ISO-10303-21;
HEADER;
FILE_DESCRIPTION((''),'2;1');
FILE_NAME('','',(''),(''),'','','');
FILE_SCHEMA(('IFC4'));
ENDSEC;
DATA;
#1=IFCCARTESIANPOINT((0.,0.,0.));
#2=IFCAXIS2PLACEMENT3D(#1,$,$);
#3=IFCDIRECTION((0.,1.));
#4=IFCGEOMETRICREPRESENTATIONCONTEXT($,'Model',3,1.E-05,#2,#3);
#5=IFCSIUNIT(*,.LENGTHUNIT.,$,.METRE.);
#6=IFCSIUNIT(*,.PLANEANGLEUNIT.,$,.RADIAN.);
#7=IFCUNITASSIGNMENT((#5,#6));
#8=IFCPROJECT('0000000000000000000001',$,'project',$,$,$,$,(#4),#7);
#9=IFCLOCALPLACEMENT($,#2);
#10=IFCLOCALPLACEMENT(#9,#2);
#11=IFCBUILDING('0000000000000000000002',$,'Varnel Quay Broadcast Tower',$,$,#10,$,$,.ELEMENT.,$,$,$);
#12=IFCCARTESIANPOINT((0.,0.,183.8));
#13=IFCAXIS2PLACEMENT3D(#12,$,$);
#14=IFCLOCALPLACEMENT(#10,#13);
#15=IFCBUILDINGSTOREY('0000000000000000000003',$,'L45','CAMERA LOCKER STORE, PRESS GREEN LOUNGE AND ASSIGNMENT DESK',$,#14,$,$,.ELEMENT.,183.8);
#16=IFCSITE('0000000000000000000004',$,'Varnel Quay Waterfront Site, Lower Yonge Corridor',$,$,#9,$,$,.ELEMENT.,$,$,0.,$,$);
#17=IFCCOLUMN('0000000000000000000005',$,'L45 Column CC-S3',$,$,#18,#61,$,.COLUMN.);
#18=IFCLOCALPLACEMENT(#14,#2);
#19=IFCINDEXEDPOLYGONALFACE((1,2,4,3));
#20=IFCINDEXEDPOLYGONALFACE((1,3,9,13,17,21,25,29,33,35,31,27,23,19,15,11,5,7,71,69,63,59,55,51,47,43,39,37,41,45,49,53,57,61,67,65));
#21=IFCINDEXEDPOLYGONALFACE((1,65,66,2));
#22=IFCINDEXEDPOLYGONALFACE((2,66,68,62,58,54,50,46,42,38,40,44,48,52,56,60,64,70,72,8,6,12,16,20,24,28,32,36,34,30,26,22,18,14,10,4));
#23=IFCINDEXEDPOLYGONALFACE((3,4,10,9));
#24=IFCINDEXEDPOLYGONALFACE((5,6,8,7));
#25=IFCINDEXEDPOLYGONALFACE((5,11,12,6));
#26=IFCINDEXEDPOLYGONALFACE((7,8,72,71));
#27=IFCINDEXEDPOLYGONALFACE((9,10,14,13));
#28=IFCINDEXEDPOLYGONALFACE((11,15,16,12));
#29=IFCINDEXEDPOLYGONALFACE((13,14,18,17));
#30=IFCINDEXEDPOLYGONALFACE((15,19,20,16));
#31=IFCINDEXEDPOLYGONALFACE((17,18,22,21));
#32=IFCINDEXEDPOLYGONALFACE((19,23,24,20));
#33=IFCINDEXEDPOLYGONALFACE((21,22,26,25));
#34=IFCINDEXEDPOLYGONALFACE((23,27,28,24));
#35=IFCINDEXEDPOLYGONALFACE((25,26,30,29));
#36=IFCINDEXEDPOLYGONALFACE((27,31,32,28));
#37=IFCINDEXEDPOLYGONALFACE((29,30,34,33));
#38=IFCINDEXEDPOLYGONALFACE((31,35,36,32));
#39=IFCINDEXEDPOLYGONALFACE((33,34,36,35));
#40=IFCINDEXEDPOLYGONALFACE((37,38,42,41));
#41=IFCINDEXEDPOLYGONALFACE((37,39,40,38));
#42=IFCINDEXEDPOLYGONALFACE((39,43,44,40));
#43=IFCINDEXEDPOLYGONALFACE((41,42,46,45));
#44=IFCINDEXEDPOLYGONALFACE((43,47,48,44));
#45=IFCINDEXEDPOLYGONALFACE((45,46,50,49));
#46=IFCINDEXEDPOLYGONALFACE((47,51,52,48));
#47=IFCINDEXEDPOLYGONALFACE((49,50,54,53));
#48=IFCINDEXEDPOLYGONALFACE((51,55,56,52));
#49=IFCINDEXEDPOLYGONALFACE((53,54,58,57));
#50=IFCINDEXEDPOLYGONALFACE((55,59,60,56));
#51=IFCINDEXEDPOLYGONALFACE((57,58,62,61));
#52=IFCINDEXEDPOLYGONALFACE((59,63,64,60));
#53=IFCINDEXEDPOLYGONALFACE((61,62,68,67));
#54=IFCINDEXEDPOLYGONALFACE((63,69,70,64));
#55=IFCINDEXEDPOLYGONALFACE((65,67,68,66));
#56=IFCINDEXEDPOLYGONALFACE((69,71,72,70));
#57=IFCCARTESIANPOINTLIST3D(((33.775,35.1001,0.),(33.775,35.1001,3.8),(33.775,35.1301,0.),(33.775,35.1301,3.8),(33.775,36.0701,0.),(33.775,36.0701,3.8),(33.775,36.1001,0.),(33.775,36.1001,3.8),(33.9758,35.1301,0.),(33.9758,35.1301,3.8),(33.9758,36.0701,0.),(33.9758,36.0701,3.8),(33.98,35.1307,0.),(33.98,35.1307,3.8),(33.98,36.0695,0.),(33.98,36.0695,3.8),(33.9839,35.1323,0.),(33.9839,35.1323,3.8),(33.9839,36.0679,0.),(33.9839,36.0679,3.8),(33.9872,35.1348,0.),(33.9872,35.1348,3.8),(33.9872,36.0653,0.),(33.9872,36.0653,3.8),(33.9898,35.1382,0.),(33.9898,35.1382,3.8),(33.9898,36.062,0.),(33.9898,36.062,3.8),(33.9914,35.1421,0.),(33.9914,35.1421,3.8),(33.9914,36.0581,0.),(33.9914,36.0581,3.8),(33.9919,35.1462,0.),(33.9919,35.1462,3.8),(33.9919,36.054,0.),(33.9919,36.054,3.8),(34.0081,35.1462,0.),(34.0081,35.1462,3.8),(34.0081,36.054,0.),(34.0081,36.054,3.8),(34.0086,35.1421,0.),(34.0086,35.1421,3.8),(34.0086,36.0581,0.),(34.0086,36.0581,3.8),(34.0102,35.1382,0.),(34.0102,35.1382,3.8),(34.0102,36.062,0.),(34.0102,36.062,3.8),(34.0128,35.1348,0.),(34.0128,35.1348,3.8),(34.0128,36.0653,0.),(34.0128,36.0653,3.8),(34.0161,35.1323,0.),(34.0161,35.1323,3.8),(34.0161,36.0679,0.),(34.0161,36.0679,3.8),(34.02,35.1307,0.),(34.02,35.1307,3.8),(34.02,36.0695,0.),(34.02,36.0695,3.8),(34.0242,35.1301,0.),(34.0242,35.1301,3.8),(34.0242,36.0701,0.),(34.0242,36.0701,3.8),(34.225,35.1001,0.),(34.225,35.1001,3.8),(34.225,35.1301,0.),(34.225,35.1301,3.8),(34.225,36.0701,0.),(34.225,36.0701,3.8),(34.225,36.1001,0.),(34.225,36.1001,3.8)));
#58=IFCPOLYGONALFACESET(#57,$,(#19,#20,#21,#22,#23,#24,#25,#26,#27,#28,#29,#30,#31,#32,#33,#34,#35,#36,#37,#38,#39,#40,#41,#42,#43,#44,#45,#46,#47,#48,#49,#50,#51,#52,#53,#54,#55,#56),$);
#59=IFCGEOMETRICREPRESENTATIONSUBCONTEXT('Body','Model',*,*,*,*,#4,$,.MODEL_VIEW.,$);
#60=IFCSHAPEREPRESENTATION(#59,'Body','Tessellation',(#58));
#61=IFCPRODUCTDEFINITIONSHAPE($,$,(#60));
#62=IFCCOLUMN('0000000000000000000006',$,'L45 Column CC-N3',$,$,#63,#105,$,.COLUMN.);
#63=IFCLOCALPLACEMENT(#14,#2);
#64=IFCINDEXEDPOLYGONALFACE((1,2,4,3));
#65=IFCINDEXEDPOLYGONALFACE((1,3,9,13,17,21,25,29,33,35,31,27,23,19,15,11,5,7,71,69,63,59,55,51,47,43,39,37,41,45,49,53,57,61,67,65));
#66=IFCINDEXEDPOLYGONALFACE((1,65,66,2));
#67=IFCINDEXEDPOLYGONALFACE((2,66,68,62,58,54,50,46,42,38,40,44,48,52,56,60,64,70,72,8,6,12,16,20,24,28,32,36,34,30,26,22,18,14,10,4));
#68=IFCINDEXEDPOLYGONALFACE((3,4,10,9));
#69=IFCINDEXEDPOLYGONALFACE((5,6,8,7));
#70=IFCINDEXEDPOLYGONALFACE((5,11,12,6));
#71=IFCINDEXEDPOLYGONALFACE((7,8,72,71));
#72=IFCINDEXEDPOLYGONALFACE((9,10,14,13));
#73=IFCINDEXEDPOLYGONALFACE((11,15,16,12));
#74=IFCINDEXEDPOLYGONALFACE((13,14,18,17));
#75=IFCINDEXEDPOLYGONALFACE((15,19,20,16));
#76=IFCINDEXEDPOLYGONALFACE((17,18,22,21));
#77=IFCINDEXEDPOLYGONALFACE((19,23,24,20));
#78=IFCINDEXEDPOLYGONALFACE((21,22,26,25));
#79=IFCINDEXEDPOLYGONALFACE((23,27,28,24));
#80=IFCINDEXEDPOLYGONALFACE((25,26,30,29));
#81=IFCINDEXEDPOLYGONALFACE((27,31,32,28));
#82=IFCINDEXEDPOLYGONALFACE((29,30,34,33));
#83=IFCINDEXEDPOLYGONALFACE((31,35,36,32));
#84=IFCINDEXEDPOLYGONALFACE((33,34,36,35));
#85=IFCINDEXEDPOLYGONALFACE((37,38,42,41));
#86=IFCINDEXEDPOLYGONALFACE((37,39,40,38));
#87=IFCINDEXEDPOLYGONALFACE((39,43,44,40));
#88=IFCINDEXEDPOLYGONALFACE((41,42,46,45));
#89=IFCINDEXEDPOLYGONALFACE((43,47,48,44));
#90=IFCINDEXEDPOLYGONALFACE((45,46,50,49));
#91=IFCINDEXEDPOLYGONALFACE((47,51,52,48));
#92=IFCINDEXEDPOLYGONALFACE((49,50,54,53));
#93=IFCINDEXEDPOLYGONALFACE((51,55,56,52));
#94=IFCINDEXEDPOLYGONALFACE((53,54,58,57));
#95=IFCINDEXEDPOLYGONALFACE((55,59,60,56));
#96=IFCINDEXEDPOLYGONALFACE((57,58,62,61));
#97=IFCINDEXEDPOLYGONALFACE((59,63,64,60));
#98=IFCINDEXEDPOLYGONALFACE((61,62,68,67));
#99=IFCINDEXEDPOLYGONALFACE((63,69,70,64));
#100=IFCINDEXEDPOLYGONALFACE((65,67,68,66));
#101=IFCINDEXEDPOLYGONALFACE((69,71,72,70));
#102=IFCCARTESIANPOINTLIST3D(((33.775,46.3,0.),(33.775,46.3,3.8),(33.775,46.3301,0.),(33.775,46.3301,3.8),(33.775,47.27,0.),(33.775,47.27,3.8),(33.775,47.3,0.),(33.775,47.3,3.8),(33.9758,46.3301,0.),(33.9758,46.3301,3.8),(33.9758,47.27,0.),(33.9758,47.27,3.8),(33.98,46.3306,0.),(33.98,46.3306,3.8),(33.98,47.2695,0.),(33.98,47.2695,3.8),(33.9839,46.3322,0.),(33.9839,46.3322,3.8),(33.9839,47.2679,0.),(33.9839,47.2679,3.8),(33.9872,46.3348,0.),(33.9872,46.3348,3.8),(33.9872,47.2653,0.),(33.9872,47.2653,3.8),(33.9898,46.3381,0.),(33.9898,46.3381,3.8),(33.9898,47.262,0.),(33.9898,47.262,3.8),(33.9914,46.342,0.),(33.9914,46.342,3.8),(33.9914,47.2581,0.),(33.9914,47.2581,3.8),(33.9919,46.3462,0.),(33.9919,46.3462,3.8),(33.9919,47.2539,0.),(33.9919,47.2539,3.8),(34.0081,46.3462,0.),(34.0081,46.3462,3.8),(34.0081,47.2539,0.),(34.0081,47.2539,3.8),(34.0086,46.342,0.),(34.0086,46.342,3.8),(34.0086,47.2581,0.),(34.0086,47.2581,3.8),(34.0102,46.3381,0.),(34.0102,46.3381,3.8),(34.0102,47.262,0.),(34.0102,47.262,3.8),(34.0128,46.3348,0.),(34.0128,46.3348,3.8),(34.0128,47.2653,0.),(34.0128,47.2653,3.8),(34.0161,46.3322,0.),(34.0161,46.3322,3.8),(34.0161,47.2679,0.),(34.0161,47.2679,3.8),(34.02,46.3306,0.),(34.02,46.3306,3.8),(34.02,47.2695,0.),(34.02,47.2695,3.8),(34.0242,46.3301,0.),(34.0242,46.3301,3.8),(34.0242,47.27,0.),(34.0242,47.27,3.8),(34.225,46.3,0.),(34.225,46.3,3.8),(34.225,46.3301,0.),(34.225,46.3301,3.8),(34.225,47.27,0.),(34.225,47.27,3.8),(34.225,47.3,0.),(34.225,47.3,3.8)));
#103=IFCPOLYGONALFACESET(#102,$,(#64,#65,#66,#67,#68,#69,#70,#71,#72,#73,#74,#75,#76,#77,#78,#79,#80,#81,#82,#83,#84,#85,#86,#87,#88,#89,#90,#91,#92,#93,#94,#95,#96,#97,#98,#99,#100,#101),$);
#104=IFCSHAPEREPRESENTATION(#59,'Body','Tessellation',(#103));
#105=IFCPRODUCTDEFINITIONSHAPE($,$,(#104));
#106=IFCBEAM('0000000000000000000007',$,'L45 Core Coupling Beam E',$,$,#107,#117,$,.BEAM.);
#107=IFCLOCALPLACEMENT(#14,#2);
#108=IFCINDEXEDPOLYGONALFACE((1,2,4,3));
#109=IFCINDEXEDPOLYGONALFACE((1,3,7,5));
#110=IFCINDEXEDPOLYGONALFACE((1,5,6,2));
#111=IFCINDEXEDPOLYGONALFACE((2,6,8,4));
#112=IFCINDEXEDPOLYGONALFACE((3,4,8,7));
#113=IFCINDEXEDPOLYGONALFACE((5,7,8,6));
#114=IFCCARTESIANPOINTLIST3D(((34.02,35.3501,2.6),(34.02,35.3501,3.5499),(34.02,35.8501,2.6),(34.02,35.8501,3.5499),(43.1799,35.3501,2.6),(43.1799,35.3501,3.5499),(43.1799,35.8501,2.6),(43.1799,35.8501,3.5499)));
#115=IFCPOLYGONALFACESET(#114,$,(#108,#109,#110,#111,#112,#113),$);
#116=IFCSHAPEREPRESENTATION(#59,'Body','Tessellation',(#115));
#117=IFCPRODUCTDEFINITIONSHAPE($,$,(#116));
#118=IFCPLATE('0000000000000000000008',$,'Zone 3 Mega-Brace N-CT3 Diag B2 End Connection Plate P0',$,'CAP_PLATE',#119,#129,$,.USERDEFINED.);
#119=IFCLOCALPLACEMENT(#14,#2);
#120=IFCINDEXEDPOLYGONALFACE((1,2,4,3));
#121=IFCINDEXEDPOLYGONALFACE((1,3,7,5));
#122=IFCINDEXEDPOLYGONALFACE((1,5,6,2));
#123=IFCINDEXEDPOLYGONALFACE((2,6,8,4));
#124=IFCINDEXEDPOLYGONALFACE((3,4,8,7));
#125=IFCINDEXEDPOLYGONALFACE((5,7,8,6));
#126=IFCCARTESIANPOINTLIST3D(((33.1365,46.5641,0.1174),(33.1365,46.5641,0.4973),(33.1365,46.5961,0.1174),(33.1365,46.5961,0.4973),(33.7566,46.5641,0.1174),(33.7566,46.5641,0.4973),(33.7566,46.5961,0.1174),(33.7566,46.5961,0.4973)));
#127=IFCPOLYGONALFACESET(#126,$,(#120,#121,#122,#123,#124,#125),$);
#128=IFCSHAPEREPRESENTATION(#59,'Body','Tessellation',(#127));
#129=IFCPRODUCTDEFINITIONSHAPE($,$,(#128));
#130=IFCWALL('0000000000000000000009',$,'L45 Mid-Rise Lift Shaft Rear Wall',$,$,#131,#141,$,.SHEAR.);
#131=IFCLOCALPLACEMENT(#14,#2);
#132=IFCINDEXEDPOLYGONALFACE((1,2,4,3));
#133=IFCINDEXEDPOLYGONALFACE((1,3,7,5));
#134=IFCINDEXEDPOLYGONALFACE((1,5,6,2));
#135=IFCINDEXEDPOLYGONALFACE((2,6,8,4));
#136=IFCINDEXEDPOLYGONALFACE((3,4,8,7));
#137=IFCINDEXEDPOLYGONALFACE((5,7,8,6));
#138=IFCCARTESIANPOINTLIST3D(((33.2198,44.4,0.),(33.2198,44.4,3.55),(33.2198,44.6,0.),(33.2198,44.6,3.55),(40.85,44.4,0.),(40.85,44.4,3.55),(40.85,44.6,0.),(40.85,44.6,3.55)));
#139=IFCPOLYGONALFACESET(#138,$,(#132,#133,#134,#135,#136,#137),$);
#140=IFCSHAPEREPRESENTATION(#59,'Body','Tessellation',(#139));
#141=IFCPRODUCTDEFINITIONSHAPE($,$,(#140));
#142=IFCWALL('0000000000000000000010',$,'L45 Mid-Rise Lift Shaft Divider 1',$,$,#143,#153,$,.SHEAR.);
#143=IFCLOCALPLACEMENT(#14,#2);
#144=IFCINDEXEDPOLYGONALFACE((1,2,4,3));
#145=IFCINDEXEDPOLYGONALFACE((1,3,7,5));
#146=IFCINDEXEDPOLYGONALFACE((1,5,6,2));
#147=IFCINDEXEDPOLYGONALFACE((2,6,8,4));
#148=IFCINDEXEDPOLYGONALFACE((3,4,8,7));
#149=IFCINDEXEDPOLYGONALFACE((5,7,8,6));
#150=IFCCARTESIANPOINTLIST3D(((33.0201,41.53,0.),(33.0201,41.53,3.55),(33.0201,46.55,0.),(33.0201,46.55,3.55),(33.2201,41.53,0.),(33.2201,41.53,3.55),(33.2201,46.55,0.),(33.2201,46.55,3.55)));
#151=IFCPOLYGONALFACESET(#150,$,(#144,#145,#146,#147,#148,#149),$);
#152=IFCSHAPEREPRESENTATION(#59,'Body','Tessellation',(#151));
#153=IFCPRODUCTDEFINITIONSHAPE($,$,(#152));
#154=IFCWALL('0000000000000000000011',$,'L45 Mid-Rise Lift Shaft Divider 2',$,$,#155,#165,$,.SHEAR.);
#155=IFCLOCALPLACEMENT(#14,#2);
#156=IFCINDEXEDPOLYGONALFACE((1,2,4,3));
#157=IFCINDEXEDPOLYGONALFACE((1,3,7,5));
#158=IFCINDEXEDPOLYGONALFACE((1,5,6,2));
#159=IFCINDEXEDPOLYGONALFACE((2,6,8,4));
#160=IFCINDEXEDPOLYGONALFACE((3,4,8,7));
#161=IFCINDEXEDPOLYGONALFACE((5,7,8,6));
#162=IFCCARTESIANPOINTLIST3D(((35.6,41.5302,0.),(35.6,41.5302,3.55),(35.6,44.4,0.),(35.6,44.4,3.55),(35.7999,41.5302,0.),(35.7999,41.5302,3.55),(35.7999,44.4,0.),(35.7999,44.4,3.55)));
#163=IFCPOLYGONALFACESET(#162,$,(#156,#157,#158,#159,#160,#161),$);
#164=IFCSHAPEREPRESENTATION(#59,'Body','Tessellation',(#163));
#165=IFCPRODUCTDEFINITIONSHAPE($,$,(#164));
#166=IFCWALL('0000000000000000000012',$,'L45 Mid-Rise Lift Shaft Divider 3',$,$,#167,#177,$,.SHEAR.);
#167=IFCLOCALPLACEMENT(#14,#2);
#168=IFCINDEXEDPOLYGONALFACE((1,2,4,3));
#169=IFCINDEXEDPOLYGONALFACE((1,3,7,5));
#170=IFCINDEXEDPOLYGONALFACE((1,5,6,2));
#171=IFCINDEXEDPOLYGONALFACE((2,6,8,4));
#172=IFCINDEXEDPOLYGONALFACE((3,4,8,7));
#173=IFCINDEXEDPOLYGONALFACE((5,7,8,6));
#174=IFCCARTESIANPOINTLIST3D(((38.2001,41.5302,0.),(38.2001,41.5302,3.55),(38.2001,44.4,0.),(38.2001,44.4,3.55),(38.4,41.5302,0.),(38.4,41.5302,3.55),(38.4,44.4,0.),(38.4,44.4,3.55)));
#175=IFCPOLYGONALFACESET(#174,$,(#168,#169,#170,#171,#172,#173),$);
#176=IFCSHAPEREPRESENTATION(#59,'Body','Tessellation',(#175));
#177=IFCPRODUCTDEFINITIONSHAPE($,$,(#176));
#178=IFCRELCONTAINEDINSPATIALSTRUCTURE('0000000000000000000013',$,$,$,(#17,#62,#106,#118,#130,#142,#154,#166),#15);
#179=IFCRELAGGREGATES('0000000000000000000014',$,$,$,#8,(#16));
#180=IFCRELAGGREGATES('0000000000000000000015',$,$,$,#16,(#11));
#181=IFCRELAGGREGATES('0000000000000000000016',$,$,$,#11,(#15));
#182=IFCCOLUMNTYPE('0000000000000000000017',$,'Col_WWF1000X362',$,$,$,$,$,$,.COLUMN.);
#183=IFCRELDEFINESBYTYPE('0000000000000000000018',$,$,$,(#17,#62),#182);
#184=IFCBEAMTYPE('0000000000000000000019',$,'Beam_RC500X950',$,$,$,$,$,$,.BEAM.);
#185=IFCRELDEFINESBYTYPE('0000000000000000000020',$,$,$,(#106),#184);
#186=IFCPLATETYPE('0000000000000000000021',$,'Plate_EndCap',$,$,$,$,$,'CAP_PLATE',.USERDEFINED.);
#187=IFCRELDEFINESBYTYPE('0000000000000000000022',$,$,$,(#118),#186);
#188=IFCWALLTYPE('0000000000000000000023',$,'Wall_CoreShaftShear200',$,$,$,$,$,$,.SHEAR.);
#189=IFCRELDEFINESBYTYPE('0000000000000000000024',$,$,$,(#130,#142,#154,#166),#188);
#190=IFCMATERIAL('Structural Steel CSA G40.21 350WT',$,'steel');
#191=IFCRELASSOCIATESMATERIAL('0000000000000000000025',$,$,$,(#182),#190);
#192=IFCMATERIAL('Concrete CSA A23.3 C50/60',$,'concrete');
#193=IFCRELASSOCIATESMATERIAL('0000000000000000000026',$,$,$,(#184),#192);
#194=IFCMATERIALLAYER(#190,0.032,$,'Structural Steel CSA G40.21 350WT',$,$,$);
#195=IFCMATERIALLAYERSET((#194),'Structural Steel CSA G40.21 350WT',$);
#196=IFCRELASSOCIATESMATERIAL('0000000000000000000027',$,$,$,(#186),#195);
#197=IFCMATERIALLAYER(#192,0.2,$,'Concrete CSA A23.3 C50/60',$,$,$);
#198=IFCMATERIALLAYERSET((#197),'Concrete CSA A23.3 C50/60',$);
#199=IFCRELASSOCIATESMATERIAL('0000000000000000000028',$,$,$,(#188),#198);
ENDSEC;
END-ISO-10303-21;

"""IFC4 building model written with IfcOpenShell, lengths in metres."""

from ifc_helpers import new_model, si_unit, direction, frame, frame_2d, origin, origin_2d, place, context, subcontext, project, spatial, rectangle, i_section, extrude, source, transform, mapped, material, layer, layer_set, material_profile, profile_set, type_object, type_shapes, element, save


model = new_model("IFC4")

# Units and contexts
model_context = context("Model", 3, precision=1e-05, world=origin(), true_north=direction((0.0, 1.0)))
body_context = subcontext(model_context, "Body", "Model", "MODEL_VIEW")
ifc_project = project(units=[si_unit("LENGTHUNIT", "METRE"), si_unit("PLANEANGLEUNIT", "RADIAN")], contexts=[model_context])

# Site, building, storey
site_placement = place(None, origin())
site = spatial("IfcSite", under=ifc_project, at=site_placement, Name="Varnel Quay Waterfront Site, Lower Yonge Corridor", CompositionType="ELEMENT", RefElevation=0.0)
building_placement = place(site_placement, origin())
building = spatial("IfcBuilding", under=site, at=building_placement, Name="Varnel Quay Broadcast Tower", CompositionType="ELEMENT")
storey_placement = place(building_placement, frame((0.0, 0.0, 183.8)))
storey = spatial("IfcBuildingStorey", under=building, at=storey_placement, Name="L45", Description="CAMERA LOCKER STORE, PRESS GREEN LOUNGE AND ASSIGNMENT DESK", CompositionType="ELEMENT", Elevation=183.8)

# Columns
ifc_material_1 = material(Name="Structural Steel CSA G40.21 350WT", Category="steel")
ifc_material_profile_1 = material_profile(ifc_material_1, i_section(OverallWidth=0.45, OverallDepth=1.0, WebThickness=0.0161, FlangeThickness=0.03, FilletRadius=0.0161, at=origin_2d()), Name="WWF1000X362")
ifc_profile_set_1 = profile_set([ifc_material_profile_1], Name="Structural Steel CSA G40.21 350WT")
column_type = type_object("IfcColumnType", Name="Col_WWF1000X362", PredefinedType="COLUMN", material=ifc_profile_set_1)
shared_shape_1 = source(origin(), body_context, "Body", "SweptSolid", [
    extrude(i_section(OverallWidth=0.45, OverallDepth=1.0, WebThickness=0.0161, FlangeThickness=0.03, FilletRadius=0.0161, at=origin_2d()), origin(), (0.0, 0.0, 1.0), 3.8),
])
type_shapes(column_type, [shared_shape_1])
for number, where, z_axis, x_axis, name in (
    (1, (34.0, 35.6001, 0.0), (0.0, 0.0, 1.0), (1.0, 0.0, 0.0), "L45 Column CC-S3"),
    (2, (34.0, 46.8, 0.0), (0.0, 0.0, 1.0), (1.0, 0.0, 0.0), "L45 Column CC-N3"),
):
    element("IfcColumn", number, at=place(storey_placement, frame(where, z_axis=z_axis, x_axis=x_axis)), inside=storey, type_object=column_type, Name=name, PredefinedType="COLUMN", context=body_context, shape_type="MappedRepresentation", body=[
        mapped(shared_shape_1, transform((0.0, 0.0, 0.0), x_axis=(1.0, 0.0, 0.0), y_axis=(0.0, 1.0, 0.0), z_axis=(0.0, 0.0, 1.0), scale=1.0)),
    ])

# Beam
ifc_material_2 = material(Name="Concrete CSA A23.3 C50/60", Category="concrete")
ifc_material_profile_2 = material_profile(ifc_material_2, rectangle(XDim=0.5, YDim=0.95, at=origin_2d()), Name="RC500X950")
ifc_profile_set_2 = profile_set([ifc_material_profile_2], Name="Concrete CSA A23.3 C50/60")
beam_type = type_object("IfcBeamType", Name="Beam_RC500X950", PredefinedType="BEAM", material=ifc_profile_set_2)
shared_shape_2 = source(origin(), body_context, "Body", "SweptSolid", [
    extrude(rectangle(XDim=0.5, YDim=0.95, at=origin_2d()), origin(), (0.0, 0.0, 1.0), 9.1599),
])
type_shapes(beam_type, [shared_shape_2])
beam_placement = place(storey_placement, frame((34.02, 35.6001, 3.075), z_axis=(1.0, 0.0, 0.0), x_axis=(0.0, 1.0, 0.0)))
element("IfcBeam", 3, at=beam_placement, inside=storey, type_object=beam_type, Name="L45 Core Coupling Beam E", PredefinedType="BEAM", context=body_context, shape_type="MappedRepresentation", body=[
    mapped(shared_shape_2, transform((0.0, 0.0, 0.0), x_axis=(1.0, 0.0, 0.0), y_axis=(0.0, 1.0, 0.0), z_axis=(0.0, 0.0, 1.0), scale=1.0)),
])

# Plate
ifc_layer_1 = layer(ifc_material_1, 0.032, Name="Structural Steel CSA G40.21 350WT")
ifc_layer_set_1 = layer_set([ifc_layer_1], Name="Structural Steel CSA G40.21 350WT")
plate_type = type_object("IfcPlateType", Name="Plate_EndCap", ElementType="CAP_PLATE", PredefinedType="USERDEFINED", material=ifc_layer_set_1)
shared_shape_3 = source(origin(), body_context, "Body", "SweptSolid", [
    extrude(rectangle(XDim=0.6201, YDim=0.032, at=origin_2d()), origin(), (0.0, 0.0, 1.0), 0.3799),
])
type_shapes(plate_type, [shared_shape_3])
plate_placement = place(storey_placement, frame((33.4465, 46.5801, 0.1174), z_axis=(0.0, 0.0, 1.0), x_axis=(1.0, 0.0, 0.0)))
element("IfcPlate", 4, at=plate_placement, inside=storey, type_object=plate_type, Name="Zone 3 Mega-Brace N-CT3 Diag B2 End Connection Plate P0", ObjectType="CAP_PLATE", PredefinedType="USERDEFINED", context=body_context, shape_type="MappedRepresentation", body=[
    mapped(shared_shape_3, transform((0.0, 0.0, 0.0), x_axis=(1.0, 0.0, 0.0), y_axis=(0.0, 1.0, 0.0), z_axis=(0.0, 0.0, 1.0), scale=1.0)),
])

# Walls
ifc_layer_2 = layer(ifc_material_2, 0.2, Name="Concrete CSA A23.3 C50/60")
ifc_layer_set_2 = layer_set([ifc_layer_2], Name="Concrete CSA A23.3 C50/60")
wall_type_1 = type_object("IfcWallType", Name="Wall_CoreShaftShear200", PredefinedType="SHEAR", material=ifc_layer_set_2)
wall_1_placement = place(storey_placement, frame((33.22, 44.5, 0.0), z_axis=(0.0, 0.0, 1.0), x_axis=(1.0, 0.0, 0.0)))
element("IfcWall", 5, at=wall_1_placement, inside=storey, type_object=wall_type_1, Name="L45 Mid-Rise Lift Shaft Rear Wall", PredefinedType="SHEAR", context=body_context, shape_type="SweptSolid", body=[
    extrude(rectangle(XDim=7.6301, YDim=0.2, at=frame_2d((3.8149, 0.0))), origin(), (0.0, 0.0, 1.0), 3.55),
])
wall_2_placement = place(storey_placement, frame((33.1201, 41.53, 0.0), z_axis=(0.0, 0.0, 1.0), x_axis=(0.0, 1.0, 0.0)))
element("IfcWall", 6, at=wall_2_placement, inside=storey, type_object=wall_type_1, Name="L45 Mid-Rise Lift Shaft Divider 1", PredefinedType="SHEAR", context=body_context, shape_type="SweptSolid", body=[
    extrude(rectangle(XDim=5.02, YDim=0.2, at=frame_2d((2.51, 0.0))), origin(), (0.0, 0.0, 1.0), 3.55),
])
for number, where, z_axis, x_axis, name in (
    (7, (35.7, 41.53, 0.0), (0.0, 0.0, 1.0), (0.0, 1.0, 0.0), "L45 Mid-Rise Lift Shaft Divider 2"),
    (8, (38.3, 41.53, 0.0), (0.0, 0.0, 1.0), (0.0, 1.0, 0.0), "L45 Mid-Rise Lift Shaft Divider 3"),
):
    element("IfcWall", number, at=place(storey_placement, frame(where, z_axis=z_axis, x_axis=x_axis)), inside=storey, type_object=wall_type_1, Name=name, PredefinedType="SHEAR", context=body_context, shape_type="SweptSolid", body=[
        extrude(rectangle(XDim=2.8699, YDim=0.2, at=frame_2d((1.4351, 0.0))), origin(), (0.0, 0.0, 1.0), 3.55),
    ])

save(model, "model.ifc")
